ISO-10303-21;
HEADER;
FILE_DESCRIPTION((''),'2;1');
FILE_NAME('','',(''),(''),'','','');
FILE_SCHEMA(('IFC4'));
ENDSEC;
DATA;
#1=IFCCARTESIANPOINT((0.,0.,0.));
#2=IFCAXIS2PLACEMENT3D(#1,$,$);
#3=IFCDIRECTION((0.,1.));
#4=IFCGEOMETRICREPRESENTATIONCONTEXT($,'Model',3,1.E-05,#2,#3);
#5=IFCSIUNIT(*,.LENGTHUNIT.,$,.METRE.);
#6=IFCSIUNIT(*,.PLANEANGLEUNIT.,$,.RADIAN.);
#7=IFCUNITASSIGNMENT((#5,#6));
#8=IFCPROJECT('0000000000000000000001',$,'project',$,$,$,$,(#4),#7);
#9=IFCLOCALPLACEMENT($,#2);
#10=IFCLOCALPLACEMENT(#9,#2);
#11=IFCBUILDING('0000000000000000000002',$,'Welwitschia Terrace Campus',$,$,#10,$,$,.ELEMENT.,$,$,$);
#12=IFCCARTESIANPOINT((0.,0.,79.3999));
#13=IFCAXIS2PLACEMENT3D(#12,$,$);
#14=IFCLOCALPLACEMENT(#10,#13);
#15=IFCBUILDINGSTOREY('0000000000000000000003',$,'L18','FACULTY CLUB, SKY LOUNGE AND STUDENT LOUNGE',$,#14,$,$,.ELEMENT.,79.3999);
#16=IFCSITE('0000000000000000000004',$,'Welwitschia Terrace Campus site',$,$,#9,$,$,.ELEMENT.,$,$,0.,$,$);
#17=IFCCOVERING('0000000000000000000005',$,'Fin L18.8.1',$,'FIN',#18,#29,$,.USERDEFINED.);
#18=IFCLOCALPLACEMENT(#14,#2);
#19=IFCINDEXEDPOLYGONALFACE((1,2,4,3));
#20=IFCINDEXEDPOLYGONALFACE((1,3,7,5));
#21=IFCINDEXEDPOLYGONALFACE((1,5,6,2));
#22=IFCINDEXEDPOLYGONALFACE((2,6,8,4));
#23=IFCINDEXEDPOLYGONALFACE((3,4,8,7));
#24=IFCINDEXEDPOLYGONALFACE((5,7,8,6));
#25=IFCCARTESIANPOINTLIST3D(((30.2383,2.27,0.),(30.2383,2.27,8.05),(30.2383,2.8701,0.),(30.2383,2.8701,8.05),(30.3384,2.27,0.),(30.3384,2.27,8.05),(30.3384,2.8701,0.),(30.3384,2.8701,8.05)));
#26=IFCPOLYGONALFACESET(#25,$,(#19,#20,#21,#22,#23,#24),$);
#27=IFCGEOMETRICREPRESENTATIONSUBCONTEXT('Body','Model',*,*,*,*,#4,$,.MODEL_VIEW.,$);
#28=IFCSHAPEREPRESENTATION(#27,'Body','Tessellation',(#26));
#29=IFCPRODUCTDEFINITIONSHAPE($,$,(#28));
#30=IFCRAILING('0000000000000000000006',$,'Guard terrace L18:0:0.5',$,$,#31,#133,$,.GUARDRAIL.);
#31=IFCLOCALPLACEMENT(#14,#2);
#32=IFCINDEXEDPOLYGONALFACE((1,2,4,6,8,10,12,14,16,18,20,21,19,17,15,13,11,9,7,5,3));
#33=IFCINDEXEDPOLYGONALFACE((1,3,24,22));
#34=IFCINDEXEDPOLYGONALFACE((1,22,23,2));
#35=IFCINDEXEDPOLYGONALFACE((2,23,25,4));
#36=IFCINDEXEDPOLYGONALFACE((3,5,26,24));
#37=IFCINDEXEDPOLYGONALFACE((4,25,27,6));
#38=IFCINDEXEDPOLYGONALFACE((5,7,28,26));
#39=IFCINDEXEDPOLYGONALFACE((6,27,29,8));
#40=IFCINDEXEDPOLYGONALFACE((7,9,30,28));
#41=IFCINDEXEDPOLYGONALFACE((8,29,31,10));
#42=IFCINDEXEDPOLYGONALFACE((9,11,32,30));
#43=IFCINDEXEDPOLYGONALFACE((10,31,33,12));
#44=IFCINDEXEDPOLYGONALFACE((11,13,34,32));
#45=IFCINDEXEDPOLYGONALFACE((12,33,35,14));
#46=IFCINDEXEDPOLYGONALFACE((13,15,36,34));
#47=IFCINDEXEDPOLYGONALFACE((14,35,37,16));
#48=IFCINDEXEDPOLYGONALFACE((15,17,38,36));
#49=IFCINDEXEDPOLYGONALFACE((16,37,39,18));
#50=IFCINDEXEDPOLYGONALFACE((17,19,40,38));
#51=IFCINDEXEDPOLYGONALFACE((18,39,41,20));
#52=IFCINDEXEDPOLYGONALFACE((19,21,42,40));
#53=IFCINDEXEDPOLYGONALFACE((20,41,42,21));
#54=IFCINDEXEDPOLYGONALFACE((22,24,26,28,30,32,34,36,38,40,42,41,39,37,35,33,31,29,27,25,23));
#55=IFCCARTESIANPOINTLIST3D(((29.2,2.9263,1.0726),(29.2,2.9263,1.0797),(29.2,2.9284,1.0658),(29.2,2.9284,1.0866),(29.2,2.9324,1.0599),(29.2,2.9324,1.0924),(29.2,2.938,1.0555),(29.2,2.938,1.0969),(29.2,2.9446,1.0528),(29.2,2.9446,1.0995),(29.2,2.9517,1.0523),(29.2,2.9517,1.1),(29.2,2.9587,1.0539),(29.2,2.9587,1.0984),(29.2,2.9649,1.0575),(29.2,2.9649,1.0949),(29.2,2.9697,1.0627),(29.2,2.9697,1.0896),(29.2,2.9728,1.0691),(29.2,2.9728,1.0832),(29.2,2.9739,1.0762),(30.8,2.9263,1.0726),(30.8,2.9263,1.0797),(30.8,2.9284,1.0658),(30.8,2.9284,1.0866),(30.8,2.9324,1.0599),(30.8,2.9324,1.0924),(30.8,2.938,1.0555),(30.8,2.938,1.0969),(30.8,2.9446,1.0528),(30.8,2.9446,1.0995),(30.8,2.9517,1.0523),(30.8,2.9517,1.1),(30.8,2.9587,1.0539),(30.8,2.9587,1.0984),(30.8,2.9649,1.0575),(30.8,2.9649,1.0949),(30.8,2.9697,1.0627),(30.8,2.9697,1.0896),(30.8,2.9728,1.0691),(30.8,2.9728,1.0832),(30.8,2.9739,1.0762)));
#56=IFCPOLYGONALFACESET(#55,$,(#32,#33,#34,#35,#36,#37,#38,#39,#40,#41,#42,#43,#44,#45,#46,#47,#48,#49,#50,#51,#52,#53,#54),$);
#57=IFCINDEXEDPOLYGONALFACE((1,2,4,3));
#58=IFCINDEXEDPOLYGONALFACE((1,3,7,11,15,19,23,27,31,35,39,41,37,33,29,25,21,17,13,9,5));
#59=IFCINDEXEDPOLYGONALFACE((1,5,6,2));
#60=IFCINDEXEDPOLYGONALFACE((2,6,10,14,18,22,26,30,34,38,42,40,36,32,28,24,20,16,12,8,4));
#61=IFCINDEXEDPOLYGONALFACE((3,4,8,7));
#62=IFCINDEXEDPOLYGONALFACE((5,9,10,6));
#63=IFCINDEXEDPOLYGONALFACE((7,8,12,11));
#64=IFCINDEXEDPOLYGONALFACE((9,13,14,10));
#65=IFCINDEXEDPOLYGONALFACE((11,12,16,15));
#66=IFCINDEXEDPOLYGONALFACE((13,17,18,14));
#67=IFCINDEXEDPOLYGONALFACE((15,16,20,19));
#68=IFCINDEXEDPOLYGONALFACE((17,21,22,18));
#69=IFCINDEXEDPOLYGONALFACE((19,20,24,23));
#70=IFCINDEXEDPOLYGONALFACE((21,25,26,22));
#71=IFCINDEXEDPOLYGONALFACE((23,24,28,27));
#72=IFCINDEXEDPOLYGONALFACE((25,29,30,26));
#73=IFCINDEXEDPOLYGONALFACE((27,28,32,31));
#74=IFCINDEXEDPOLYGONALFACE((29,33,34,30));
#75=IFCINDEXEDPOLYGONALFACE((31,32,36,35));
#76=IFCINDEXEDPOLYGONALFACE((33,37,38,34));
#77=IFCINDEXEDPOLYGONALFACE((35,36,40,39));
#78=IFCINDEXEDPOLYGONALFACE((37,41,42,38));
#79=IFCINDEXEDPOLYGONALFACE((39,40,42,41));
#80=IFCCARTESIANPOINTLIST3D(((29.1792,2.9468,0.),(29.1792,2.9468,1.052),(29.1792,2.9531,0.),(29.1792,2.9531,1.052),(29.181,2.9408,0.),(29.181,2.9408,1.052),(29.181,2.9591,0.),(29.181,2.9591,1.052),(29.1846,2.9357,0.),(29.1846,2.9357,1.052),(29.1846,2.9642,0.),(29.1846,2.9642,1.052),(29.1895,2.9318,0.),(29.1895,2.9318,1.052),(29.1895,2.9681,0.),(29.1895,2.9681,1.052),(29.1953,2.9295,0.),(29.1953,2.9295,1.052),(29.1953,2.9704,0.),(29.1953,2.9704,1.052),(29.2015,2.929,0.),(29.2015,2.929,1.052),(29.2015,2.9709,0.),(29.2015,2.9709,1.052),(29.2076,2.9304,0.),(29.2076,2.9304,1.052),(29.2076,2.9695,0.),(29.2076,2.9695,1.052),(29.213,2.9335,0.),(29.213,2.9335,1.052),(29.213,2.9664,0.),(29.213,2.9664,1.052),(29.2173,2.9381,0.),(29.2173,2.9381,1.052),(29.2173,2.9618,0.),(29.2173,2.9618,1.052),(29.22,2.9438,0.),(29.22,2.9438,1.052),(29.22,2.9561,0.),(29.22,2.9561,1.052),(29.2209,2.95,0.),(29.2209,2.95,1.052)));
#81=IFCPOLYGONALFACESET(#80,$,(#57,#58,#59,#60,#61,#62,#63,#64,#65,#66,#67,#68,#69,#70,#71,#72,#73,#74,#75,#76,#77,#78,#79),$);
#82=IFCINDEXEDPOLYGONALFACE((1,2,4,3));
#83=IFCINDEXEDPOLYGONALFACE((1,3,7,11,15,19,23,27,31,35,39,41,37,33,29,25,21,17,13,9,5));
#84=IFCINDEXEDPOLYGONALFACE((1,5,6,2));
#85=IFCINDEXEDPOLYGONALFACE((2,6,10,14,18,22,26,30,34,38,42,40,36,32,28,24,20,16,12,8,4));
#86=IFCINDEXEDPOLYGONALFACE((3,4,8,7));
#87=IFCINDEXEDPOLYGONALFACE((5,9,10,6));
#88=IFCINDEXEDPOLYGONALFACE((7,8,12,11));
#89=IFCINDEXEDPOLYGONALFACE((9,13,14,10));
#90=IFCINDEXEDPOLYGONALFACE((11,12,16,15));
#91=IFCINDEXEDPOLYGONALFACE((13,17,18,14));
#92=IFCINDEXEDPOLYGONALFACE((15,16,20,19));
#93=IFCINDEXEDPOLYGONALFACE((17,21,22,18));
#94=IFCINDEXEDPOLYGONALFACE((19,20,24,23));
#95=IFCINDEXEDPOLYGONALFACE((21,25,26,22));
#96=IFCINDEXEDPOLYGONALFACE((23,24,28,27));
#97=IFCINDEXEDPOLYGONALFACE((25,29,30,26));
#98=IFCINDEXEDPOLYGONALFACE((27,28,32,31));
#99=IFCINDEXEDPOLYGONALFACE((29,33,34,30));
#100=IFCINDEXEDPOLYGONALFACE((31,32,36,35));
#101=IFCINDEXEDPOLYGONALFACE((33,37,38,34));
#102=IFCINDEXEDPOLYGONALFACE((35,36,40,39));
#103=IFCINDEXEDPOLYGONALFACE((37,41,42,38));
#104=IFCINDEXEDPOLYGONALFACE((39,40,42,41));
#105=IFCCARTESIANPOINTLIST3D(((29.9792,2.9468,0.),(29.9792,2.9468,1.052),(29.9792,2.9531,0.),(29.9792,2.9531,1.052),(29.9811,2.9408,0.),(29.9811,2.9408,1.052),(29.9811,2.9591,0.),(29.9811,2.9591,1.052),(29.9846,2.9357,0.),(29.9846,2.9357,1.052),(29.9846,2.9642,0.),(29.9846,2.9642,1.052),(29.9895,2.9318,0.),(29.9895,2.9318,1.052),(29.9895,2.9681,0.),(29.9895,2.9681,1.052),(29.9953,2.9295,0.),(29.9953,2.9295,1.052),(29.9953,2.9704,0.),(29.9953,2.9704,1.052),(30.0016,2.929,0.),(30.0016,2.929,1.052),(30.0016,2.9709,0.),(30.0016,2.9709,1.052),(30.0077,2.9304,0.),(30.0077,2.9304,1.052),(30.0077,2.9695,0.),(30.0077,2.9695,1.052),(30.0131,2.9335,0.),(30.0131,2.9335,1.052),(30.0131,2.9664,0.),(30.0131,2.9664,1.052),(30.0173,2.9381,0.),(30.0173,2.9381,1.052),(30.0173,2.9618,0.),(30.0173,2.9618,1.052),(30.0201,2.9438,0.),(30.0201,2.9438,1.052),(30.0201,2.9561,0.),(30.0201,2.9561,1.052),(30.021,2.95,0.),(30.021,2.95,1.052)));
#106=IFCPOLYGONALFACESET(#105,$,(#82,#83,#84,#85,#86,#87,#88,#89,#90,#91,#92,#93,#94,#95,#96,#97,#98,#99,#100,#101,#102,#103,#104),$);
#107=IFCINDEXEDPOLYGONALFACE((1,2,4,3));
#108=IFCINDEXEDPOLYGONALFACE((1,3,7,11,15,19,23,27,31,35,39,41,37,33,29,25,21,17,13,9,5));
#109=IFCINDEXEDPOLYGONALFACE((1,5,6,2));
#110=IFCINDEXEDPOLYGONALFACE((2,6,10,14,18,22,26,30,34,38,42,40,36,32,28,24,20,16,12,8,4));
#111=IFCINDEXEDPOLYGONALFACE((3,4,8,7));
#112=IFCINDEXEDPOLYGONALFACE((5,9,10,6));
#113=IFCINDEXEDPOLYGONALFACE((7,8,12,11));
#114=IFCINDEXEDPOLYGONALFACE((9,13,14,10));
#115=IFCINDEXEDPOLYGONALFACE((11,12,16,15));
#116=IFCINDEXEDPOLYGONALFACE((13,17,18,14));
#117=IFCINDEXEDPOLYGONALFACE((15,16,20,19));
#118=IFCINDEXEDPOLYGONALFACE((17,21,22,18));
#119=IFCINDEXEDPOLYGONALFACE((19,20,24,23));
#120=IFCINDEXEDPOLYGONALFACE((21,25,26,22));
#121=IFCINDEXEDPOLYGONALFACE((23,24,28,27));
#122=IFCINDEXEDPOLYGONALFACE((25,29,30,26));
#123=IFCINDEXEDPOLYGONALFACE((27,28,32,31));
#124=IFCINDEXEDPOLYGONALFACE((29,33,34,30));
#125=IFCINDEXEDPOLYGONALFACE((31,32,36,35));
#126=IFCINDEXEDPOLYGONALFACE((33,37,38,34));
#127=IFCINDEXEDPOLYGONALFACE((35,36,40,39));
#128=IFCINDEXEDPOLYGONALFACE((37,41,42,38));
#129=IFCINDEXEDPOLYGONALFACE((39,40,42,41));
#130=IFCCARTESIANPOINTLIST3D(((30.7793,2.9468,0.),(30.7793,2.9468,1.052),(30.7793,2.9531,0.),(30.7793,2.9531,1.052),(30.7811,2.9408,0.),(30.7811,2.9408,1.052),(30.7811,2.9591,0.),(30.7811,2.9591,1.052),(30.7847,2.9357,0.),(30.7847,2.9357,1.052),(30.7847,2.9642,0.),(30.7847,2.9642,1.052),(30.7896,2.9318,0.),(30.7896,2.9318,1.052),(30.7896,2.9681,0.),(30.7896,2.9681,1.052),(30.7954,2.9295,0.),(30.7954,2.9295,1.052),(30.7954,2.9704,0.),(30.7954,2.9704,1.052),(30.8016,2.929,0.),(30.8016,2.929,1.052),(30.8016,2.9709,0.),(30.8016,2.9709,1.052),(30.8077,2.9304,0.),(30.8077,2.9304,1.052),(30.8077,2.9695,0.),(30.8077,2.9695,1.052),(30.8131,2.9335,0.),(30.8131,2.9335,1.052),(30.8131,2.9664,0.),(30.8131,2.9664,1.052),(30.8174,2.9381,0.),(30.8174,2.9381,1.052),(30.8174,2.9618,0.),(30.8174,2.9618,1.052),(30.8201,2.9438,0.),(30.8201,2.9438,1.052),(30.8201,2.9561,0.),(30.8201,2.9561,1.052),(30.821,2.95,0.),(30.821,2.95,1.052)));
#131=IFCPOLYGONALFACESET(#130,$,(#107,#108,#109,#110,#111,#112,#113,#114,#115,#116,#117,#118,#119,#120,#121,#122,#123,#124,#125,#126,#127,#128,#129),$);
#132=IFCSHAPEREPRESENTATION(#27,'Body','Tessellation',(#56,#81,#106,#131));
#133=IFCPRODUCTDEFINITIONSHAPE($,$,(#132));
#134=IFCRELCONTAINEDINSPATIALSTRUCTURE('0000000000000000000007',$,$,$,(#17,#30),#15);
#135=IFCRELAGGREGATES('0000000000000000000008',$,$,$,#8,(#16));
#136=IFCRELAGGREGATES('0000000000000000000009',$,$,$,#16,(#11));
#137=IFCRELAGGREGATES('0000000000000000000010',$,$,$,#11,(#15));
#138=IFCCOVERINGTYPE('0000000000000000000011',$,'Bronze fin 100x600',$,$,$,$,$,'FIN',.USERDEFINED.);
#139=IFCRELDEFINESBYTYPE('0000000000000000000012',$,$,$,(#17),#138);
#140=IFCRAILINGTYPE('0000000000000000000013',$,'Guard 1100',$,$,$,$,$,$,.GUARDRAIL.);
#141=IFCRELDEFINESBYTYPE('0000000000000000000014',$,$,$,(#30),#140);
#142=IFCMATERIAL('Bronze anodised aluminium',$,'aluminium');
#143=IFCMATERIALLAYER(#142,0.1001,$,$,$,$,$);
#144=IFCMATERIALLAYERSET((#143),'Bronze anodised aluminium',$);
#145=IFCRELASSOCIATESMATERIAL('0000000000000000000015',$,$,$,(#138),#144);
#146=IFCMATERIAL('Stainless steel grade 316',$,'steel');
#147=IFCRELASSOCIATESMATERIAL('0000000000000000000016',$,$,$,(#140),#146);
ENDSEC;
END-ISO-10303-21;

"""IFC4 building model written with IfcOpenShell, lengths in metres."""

from ifc_helpers import new_model, si_unit, direction, frame, origin, origin_2d, place, context, subcontext, project, spatial, rectangle, circle, extrude, material, layer, layer_set, type_object, element, save


model = new_model("IFC4")

# Units and contexts
model_context = context("Model", 3, precision=1e-05, world=origin(), true_north=direction((0.0, 1.0)))
body_context = subcontext(model_context, "Body", "Model", "MODEL_VIEW")
ifc_project = project(units=[si_unit("LENGTHUNIT", "METRE"), si_unit("PLANEANGLEUNIT", "RADIAN")], contexts=[model_context])

# Site, building, storey
site_placement = place(None, origin())
site = spatial("IfcSite", under=ifc_project, at=site_placement, Name="Welwitschia Terrace Campus site", CompositionType="ELEMENT", RefElevation=0.0)
building_placement = place(site_placement, origin())
building = spatial("IfcBuilding", under=site, at=building_placement, Name="Welwitschia Terrace Campus", CompositionType="ELEMENT")
storey_placement = place(building_placement, frame((0.0, 0.0, 79.3999)))
storey = spatial("IfcBuildingStorey", under=building, at=storey_placement, Name="L18", Description="FACULTY CLUB, SKY LOUNGE AND STUDENT LOUNGE", CompositionType="ELEMENT", Elevation=79.3999)

# Covering
ifc_material_1 = material(Name="Bronze anodised aluminium", Category="aluminium")
ifc_layer_1 = layer(ifc_material_1, 0.1001)
ifc_layer_set_1 = layer_set([ifc_layer_1], Name="Bronze anodised aluminium")
covering_type = type_object("IfcCoveringType", Name="Bronze fin 100x600", ElementType="FIN", PredefinedType="USERDEFINED", material=ifc_layer_set_1)
for number, where, z_axis, x_axis, name in (
    (1, (30.2883, 2.5701, 0.0), (0.0, 0.0, 1.0), (1.0, 0.0, 0.0), "Fin L18.8.1"),
):
    element("IfcCovering", number, at=place(storey_placement, frame(where, z_axis=z_axis, x_axis=x_axis)), inside=storey, type_object=covering_type, Name=name, ObjectType="FIN", PredefinedType="USERDEFINED", context=body_context, shape_type="SweptSolid", body=[
        extrude(rectangle(XDim=0.1001, YDim=0.6001, at=origin_2d()), origin(), (0.0, 0.0, 1.0), 8.05),
    ])

# Railing
ifc_material_2 = material(Name="Stainless steel grade 316", Category="steel")
railing_type = type_object("IfcRailingType", Name="Guard 1100", PredefinedType="GUARDRAIL", material=ifc_material_2)
railing_1_placement = place(storey_placement, frame((29.2, 2.95, 0.0)))
element("IfcRailing", 2, at=railing_1_placement, inside=storey, type_object=railing_type, Name="Guard terrace L18:0:0.5", PredefinedType="GUARDRAIL", context=body_context, shape_type="SweptSolid", body=[
    extrude(circle(Radius=0.0239, at=origin_2d()), frame((0.0, 0.0, 1.0762), z_axis=(1.0, 0.0, 0.0), x_axis=(0.0, 1.0, 0.0)), (0.0, 0.0, 1.0), 1.6001),
    extrude(circle(Radius=0.021, at=origin_2d()), origin(), (0.0, 0.0, 1.0), 1.052),
    extrude(circle(Radius=0.021, at=origin_2d()), frame((0.8, 0.0, 0.0)), (0.0, 0.0, 1.0), 1.052),
    extrude(circle(Radius=0.021, at=origin_2d()), frame((1.6001, 0.0, 0.0)), (0.0, 0.0, 1.0), 1.052),
])

save(model, "model.ifc")
